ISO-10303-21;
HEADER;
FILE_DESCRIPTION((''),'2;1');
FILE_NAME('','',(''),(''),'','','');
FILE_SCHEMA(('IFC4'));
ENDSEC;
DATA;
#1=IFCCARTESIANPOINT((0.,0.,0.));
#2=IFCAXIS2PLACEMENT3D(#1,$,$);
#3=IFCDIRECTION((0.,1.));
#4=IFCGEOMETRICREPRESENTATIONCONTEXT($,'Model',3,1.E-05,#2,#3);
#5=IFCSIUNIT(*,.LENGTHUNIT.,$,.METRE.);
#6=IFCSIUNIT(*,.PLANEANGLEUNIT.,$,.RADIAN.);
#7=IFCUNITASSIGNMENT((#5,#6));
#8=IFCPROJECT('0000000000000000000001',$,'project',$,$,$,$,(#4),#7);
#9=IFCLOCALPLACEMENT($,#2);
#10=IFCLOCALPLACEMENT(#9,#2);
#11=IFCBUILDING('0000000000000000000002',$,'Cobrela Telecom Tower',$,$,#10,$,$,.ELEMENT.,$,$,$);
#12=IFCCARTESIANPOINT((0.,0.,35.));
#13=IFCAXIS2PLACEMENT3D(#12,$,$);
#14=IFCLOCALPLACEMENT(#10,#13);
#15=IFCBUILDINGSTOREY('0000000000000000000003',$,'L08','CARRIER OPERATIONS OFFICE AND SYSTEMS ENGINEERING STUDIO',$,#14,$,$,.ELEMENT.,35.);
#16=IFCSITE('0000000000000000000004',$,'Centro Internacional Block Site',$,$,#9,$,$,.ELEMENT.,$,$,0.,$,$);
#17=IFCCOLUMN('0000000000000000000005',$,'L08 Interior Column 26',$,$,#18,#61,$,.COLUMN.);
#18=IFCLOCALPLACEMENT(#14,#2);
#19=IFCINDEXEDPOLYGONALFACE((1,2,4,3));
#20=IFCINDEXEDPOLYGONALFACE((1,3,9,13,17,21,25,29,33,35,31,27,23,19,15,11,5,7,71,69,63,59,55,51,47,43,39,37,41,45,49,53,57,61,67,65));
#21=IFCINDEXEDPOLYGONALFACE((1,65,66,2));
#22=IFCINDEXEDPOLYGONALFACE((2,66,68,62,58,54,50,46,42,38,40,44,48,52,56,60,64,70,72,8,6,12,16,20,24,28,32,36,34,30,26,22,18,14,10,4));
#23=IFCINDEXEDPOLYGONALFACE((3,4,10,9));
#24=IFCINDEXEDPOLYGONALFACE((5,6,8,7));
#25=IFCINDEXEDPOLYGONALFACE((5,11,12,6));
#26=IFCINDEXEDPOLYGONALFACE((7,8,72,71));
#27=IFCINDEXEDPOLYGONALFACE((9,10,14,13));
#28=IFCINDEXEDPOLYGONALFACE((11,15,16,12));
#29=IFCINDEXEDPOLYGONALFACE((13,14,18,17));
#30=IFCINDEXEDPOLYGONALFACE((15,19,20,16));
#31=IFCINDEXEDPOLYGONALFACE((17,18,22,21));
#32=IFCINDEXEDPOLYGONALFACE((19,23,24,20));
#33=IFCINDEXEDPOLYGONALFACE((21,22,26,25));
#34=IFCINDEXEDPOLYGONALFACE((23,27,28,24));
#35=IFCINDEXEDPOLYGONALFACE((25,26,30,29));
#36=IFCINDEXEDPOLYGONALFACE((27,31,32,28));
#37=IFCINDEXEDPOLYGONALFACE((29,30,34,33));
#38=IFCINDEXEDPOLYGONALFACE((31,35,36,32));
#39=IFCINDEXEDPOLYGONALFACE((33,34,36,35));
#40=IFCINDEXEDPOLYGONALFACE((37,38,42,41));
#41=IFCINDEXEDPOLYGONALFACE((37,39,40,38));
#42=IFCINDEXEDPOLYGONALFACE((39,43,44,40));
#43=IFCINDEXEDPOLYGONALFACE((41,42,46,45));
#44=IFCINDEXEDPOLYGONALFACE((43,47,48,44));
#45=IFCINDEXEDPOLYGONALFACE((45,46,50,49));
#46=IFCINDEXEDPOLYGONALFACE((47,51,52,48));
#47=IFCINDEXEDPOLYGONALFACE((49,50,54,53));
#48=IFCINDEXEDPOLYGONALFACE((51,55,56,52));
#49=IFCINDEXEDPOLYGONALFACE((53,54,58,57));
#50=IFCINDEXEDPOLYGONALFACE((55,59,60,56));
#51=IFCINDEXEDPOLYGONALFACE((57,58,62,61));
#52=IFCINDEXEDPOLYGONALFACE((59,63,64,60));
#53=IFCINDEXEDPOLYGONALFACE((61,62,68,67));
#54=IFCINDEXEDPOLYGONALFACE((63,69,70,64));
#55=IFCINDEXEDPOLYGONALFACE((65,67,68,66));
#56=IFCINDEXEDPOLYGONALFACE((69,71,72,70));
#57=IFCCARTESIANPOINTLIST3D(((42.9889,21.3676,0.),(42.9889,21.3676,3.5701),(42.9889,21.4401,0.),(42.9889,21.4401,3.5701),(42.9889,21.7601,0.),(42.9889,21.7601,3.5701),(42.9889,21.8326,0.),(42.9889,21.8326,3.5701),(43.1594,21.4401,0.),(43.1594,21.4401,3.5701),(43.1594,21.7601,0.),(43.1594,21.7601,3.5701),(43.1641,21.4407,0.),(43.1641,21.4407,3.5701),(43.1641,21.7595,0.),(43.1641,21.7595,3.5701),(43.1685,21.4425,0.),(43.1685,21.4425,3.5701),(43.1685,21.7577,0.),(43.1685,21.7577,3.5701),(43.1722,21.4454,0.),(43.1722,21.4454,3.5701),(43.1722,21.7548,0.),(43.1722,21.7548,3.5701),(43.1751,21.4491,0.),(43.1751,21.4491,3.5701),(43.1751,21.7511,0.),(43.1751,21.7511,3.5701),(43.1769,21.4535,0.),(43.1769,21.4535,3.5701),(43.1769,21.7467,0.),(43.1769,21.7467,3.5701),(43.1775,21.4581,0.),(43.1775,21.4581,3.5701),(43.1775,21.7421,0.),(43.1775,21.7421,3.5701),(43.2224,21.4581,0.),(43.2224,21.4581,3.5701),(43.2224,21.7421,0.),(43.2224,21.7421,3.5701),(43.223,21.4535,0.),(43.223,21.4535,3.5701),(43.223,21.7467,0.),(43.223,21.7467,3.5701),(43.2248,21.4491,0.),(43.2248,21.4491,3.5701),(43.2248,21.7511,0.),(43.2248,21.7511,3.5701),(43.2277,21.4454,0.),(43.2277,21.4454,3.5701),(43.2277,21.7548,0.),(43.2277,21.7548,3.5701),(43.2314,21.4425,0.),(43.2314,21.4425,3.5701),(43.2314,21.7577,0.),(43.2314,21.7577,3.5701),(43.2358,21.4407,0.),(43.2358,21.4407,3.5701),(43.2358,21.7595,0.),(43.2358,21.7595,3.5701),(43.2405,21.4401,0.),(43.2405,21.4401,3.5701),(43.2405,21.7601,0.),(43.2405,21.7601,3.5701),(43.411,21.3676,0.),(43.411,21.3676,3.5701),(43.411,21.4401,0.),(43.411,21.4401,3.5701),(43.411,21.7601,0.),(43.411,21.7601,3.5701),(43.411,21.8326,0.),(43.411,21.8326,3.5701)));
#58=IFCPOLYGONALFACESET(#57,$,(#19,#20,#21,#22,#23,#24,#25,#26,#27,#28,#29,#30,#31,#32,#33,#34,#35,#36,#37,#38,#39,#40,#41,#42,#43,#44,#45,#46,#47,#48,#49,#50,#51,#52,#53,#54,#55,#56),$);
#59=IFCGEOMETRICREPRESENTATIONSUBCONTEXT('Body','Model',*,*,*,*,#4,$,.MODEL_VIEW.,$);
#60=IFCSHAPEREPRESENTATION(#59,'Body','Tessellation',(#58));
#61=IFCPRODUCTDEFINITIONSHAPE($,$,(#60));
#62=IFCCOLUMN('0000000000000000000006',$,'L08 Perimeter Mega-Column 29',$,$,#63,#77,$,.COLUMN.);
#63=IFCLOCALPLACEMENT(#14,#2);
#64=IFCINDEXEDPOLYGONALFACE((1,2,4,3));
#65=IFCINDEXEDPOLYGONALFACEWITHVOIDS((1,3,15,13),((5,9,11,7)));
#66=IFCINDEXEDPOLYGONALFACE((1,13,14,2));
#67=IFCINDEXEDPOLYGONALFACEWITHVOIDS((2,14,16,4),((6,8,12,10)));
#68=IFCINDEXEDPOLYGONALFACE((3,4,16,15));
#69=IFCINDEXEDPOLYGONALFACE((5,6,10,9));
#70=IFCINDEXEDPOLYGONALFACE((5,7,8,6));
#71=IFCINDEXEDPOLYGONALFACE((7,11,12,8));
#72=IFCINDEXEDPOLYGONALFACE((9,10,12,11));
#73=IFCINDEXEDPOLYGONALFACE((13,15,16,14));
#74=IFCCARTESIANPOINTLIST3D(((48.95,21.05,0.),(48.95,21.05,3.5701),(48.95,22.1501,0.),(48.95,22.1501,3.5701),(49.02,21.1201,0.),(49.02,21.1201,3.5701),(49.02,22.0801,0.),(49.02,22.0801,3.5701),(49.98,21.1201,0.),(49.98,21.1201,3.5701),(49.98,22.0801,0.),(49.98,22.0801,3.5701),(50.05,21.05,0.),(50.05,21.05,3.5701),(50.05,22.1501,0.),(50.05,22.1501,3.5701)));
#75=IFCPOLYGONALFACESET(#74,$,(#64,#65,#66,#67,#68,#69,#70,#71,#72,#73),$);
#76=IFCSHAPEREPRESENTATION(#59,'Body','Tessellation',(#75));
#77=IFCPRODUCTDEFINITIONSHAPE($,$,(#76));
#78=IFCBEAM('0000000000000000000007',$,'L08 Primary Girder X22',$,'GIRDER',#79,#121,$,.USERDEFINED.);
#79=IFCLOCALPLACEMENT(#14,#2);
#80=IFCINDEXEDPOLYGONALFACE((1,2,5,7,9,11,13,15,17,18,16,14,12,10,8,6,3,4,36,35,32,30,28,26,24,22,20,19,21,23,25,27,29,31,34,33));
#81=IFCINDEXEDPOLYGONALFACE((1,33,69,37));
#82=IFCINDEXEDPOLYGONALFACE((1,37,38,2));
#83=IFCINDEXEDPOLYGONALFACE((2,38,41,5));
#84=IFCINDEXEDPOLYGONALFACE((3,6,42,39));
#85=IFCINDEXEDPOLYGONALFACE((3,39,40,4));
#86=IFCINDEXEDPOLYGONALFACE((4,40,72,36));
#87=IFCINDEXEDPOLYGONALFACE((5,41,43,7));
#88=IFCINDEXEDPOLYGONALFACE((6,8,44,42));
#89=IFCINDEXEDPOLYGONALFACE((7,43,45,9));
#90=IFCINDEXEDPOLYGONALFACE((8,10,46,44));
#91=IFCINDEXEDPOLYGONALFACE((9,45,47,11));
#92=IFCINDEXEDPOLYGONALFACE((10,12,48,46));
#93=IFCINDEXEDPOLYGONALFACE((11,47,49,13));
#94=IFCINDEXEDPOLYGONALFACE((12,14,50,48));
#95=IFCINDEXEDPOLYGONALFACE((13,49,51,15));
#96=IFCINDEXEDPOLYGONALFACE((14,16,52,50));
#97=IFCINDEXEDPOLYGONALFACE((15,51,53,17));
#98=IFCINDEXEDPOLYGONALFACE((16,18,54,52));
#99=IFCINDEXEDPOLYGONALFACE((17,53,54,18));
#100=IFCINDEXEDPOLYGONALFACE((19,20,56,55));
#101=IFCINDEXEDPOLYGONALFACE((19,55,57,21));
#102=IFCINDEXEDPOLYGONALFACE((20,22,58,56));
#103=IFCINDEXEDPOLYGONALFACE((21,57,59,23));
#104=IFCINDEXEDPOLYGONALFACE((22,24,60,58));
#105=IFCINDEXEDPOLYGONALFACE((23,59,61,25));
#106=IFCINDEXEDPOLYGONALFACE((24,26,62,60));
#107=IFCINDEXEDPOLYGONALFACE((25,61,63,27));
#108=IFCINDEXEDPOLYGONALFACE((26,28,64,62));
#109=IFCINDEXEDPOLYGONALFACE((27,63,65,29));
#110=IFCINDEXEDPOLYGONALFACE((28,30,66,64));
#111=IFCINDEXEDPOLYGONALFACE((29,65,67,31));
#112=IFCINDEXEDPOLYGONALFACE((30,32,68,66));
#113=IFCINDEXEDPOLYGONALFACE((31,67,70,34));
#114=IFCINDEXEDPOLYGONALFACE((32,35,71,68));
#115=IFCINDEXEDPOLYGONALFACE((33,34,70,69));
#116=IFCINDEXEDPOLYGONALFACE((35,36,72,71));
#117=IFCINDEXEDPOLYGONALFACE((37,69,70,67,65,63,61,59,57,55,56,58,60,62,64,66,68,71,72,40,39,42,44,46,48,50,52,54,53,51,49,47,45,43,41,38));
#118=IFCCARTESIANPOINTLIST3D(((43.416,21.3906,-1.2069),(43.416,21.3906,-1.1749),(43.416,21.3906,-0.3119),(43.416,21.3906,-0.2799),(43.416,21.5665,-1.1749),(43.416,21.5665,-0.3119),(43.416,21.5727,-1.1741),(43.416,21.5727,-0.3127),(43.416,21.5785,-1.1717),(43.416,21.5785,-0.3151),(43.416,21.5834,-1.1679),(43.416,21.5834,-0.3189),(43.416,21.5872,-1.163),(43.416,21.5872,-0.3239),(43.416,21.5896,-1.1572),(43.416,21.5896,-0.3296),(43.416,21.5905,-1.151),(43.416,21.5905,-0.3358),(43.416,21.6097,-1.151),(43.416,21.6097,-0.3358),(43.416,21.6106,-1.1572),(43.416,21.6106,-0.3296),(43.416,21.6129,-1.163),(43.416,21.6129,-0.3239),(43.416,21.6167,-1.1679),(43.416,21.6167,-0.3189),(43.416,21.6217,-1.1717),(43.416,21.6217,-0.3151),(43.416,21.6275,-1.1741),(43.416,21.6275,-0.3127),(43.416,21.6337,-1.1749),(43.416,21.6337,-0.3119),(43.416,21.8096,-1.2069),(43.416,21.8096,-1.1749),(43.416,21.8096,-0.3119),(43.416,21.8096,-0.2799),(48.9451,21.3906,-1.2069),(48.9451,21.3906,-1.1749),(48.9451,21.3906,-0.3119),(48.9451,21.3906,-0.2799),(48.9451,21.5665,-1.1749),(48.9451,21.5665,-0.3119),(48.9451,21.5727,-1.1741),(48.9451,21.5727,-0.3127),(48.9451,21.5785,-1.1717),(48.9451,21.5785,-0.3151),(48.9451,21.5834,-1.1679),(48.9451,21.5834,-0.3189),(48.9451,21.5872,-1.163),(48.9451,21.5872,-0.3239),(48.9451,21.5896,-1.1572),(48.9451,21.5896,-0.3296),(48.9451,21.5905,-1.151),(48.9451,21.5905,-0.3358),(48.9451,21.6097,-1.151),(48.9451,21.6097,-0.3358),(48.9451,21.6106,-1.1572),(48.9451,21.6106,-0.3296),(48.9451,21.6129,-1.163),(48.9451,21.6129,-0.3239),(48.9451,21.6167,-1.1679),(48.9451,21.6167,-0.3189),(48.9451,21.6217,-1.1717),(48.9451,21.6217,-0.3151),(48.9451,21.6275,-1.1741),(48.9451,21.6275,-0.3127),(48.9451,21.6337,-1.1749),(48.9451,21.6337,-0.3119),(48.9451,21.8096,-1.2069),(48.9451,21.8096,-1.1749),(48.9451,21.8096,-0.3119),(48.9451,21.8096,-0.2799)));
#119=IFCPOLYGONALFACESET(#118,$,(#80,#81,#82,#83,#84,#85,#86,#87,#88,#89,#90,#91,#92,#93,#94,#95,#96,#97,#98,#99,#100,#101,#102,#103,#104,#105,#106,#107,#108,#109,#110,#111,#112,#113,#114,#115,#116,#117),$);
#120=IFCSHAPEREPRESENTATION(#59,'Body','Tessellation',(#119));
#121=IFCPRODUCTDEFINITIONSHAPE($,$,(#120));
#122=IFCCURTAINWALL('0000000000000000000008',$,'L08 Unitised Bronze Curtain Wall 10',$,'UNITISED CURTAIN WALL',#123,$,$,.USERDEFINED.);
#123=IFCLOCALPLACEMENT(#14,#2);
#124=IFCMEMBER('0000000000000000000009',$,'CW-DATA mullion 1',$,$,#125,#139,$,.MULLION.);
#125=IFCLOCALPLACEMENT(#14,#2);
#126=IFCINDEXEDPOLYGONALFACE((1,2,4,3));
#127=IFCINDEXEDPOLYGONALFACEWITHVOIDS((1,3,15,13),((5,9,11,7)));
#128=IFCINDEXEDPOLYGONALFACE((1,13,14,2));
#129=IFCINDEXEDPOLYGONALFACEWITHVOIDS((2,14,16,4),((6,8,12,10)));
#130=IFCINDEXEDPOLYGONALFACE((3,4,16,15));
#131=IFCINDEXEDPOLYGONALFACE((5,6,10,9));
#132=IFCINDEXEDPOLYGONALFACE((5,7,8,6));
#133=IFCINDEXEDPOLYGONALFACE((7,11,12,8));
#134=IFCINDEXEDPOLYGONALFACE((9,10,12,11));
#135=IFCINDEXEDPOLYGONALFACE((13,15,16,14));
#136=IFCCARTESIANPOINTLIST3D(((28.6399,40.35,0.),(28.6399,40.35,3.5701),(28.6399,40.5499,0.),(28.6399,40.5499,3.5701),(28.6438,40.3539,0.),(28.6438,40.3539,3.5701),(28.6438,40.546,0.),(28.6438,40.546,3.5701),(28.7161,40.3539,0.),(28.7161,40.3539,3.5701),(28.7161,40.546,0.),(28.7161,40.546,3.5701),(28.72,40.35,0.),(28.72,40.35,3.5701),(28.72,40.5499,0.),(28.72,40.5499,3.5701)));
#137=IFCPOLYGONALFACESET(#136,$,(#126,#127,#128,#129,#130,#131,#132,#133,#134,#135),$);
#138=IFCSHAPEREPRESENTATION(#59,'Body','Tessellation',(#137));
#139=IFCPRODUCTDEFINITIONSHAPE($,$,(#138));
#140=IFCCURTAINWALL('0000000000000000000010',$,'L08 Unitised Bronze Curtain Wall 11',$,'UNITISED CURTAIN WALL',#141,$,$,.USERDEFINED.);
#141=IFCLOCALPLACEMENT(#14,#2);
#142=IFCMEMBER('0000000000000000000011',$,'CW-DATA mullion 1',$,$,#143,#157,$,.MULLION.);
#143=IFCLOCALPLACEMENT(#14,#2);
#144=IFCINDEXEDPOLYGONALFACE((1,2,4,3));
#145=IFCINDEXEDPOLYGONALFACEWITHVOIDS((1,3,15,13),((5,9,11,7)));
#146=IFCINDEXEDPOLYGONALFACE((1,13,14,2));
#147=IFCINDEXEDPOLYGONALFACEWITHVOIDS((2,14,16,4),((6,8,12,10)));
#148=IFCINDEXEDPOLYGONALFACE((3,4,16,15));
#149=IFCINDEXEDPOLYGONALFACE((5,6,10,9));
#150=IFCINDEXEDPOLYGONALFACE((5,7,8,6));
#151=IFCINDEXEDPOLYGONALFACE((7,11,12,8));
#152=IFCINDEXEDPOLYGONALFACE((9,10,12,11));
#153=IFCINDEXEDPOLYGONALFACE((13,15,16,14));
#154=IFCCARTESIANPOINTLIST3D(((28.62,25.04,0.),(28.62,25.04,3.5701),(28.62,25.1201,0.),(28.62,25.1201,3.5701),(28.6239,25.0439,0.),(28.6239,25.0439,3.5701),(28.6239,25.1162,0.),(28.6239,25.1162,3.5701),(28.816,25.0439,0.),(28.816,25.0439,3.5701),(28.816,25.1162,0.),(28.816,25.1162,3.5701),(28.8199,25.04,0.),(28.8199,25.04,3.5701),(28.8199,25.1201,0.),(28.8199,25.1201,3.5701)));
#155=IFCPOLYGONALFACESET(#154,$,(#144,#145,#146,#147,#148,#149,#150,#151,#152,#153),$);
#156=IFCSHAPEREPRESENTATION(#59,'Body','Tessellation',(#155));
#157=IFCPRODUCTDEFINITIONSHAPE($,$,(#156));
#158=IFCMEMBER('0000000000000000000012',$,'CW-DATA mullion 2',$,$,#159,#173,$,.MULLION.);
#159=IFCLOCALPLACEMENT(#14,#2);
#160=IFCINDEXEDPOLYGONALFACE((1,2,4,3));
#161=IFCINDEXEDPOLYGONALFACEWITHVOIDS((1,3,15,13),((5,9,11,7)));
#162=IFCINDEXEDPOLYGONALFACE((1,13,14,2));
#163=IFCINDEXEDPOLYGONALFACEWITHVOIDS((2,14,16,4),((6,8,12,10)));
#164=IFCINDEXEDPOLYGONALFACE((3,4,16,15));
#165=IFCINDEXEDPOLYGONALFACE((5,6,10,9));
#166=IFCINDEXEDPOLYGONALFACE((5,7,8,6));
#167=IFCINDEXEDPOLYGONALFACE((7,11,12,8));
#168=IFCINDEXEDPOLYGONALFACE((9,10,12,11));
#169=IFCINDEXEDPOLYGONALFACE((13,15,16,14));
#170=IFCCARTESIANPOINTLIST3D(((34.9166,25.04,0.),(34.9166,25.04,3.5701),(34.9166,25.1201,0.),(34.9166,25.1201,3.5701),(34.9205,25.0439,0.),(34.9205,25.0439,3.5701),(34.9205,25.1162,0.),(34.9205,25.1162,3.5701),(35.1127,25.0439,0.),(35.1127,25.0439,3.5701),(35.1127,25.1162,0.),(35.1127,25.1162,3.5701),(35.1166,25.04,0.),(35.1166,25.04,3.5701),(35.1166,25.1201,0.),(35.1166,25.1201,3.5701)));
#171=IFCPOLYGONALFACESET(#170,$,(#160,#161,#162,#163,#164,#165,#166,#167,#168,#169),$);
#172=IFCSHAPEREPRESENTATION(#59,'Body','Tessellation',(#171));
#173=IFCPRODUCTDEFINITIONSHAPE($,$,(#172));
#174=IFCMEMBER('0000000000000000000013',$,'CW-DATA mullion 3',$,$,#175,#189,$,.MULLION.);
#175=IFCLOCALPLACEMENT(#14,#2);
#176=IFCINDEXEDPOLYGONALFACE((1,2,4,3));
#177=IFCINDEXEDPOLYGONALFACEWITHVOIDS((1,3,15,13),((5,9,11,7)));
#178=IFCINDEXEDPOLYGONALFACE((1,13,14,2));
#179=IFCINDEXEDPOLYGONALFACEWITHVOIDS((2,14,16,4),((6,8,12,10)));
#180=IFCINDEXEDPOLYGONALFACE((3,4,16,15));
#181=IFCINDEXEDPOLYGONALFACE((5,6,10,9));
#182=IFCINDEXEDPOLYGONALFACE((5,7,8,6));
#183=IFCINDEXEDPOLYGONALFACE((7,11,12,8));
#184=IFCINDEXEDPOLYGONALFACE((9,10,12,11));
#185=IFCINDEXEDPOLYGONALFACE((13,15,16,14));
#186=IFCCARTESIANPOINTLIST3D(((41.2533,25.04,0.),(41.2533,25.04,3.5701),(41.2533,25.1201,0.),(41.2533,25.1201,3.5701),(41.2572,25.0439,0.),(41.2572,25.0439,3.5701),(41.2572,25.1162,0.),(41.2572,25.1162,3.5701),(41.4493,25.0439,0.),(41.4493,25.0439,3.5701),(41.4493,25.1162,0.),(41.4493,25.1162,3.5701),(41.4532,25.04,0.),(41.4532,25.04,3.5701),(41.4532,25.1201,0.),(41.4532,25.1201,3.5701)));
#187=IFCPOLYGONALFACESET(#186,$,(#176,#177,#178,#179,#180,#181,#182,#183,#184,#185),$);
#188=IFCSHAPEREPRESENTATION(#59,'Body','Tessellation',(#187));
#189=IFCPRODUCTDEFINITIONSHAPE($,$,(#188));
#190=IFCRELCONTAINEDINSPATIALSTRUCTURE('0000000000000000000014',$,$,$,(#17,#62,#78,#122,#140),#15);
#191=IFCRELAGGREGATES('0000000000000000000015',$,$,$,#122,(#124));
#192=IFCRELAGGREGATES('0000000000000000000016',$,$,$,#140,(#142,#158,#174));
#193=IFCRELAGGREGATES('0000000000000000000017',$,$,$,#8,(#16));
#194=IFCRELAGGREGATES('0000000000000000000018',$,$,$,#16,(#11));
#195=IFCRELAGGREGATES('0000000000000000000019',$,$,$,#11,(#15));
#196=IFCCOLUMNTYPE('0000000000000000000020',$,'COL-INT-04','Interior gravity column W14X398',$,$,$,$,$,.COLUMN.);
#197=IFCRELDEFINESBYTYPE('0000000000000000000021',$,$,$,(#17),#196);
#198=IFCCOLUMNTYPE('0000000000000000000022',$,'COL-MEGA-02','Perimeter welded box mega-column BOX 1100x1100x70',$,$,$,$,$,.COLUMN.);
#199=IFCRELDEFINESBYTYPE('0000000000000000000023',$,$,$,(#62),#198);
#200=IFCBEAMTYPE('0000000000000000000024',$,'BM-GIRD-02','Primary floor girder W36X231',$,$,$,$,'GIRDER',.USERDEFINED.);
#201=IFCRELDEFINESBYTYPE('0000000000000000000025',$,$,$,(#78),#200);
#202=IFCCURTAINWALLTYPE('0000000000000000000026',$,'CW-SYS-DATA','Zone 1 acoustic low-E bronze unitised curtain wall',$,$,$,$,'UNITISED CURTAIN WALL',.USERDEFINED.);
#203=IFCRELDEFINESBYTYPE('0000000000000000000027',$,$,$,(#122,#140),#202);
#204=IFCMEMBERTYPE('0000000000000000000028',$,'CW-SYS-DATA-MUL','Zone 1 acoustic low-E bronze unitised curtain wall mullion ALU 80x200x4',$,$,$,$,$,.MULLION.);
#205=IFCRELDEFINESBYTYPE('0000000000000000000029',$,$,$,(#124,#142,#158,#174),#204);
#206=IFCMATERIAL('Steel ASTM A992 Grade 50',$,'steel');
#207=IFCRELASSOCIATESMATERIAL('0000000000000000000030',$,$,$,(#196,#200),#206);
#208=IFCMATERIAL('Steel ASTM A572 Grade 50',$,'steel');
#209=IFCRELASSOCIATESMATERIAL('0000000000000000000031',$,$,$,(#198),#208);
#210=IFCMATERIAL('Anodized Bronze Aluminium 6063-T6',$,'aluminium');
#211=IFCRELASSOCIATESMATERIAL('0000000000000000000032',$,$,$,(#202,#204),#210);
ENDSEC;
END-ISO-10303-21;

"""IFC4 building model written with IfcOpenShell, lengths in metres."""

from ifc_helpers import new_model, si_unit, direction, frame, origin, origin_2d, place, context, subcontext, project, spatial, hollow_rectangle, i_section, extrude, material, material_profile, profile_set, type_object, element, aggregate, save


model = new_model("IFC4")

# Units and contexts
model_context = context("Model", 3, precision=1e-05, world=origin(), true_north=direction((0.0, 1.0)))
body_context = subcontext(model_context, "Body", "Model", "MODEL_VIEW")
ifc_project = project(units=[si_unit("LENGTHUNIT", "METRE"), si_unit("PLANEANGLEUNIT", "RADIAN")], contexts=[model_context])

# Site, building, storey
site_placement = place(None, origin())
site = spatial("IfcSite", under=ifc_project, at=site_placement, Name="Centro Internacional Block Site", CompositionType="ELEMENT", RefElevation=0.0)
building_placement = place(site_placement, origin())
building = spatial("IfcBuilding", under=site, at=building_placement, Name="Cobrela Telecom Tower", CompositionType="ELEMENT")
storey_placement = place(building_placement, frame((0.0, 0.0, 35.0)))
storey = spatial("IfcBuildingStorey", under=building, at=storey_placement, Name="L08", Description="CARRIER OPERATIONS OFFICE AND SYSTEMS ENGINEERING STUDIO", CompositionType="ELEMENT", Elevation=35.0)

# Columns
ifc_material_1 = material(Name="Steel ASTM A992 Grade 50", Category="steel")
ifc_material_profile_1 = material_profile(ifc_material_1, i_section(OverallWidth=0.4221, OverallDepth=0.4651, WebThickness=0.0449, FlangeThickness=0.0725, FilletRadius=0.0181, at=origin_2d()), Name="W14X398")
ifc_profile_set_1 = profile_set([ifc_material_profile_1], Name="Steel ASTM A992 Grade 50")
column_type_1 = type_object("IfcColumnType", Name="COL-INT-04", Description="Interior gravity column W14X398", PredefinedType="COLUMN", material=ifc_profile_set_1)
column_1_placement = place(storey_placement, frame((43.2, 21.6001, 0.0), z_axis=(0.0, 0.0, 1.0), x_axis=(1.0, 0.0, 0.0)))
element("IfcColumn", 1, at=column_1_placement, inside=storey, type_object=column_type_1, Name="L08 Interior Column 26", PredefinedType="COLUMN", context=body_context, shape_type="SweptSolid", body=[
    extrude(i_section(OverallWidth=0.4221, OverallDepth=0.4651, WebThickness=0.0449, FlangeThickness=0.0725, FilletRadius=0.0181, at=origin_2d()), origin(), (0.0, 0.0, 1.0), 3.5701),
])
ifc_material_2 = material(Name="Steel ASTM A572 Grade 50", Category="steel")
ifc_material_profile_2 = material_profile(ifc_material_2, hollow_rectangle(XDim=1.1001, YDim=1.1001, WallThickness=0.0701, at=origin_2d()), Name="BOX 1100x1100x70")
ifc_profile_set_2 = profile_set([ifc_material_profile_2], Name="Steel ASTM A572 Grade 50")
column_type_2 = type_object("IfcColumnType", Name="COL-MEGA-02", Description="Perimeter welded box mega-column BOX 1100x1100x70", PredefinedType="COLUMN", material=ifc_profile_set_2)
column_2_placement = place(storey_placement, frame((49.5, 21.6001, 0.0), z_axis=(0.0, 0.0, 1.0), x_axis=(1.0, 0.0, 0.0)))
element("IfcColumn", 2, at=column_2_placement, inside=storey, type_object=column_type_2, Name="L08 Perimeter Mega-Column 29", PredefinedType="COLUMN", context=body_context, shape_type="SweptSolid", body=[
    extrude(hollow_rectangle(XDim=1.1001, YDim=1.1001, WallThickness=0.0701, at=origin_2d()), origin(), (0.0, 0.0, 1.0), 3.5701),
])

# Beam
ifc_material_profile_3 = material_profile(ifc_material_1, i_section(OverallWidth=0.4189, OverallDepth=0.927, WebThickness=0.0193, FlangeThickness=0.032, FilletRadius=0.0239, at=origin_2d()), Name="W36X231")
ifc_profile_set_3 = profile_set([ifc_material_profile_3], Name="Steel ASTM A992 Grade 50")
beam_type = type_object("IfcBeamType", Name="BM-GIRD-02", Description="Primary floor girder W36X231", ElementType="GIRDER", PredefinedType="USERDEFINED", material=ifc_profile_set_3)
beam_placement = place(storey_placement, frame((43.416, 21.6001, -0.7434), z_axis=(1.0, 0.0, 0.0), x_axis=(0.0, 1.0, 0.0)))
element("IfcBeam", 3, at=beam_placement, inside=storey, type_object=beam_type, Name="L08 Primary Girder X22", ObjectType="GIRDER", PredefinedType="USERDEFINED", context=body_context, shape_type="SweptSolid", body=[
    extrude(i_section(OverallWidth=0.4189, OverallDepth=0.927, WebThickness=0.0193, FlangeThickness=0.032, FilletRadius=0.0239, at=origin_2d()), origin(), (0.0, 0.0, 1.0), 5.5291),
])

# Curtain wall, member
ifc_material_3 = material(Name="Anodized Bronze Aluminium 6063-T6", Category="aluminium")
curtain_wall_type = type_object("IfcCurtainWallType", Name="CW-SYS-DATA", Description="Zone 1 acoustic low-E bronze unitised curtain wall", ElementType="UNITISED CURTAIN WALL", PredefinedType="USERDEFINED", material=ifc_material_3)
curtain_wall_1_placement = place(storey_placement, origin())
curtain_wall_1 = element("IfcCurtainWall", 4, at=curtain_wall_1_placement, inside=storey, type_object=curtain_wall_type, Name="L08 Unitised Bronze Curtain Wall 10", ObjectType="UNITISED CURTAIN WALL", PredefinedType="USERDEFINED")
ifc_material_profile_4 = material_profile(ifc_material_3, hollow_rectangle(XDim=0.0801, YDim=0.2, WallThickness=0.0039, at=origin_2d()), Name="ALU 80x200x4")
ifc_profile_set_4 = profile_set([ifc_material_profile_4], Name="Anodized Bronze Aluminium 6063-T6")
member_type_1 = type_object("IfcMemberType", Name="CW-SYS-DATA-MUL", Description="Zone 1 acoustic low-E bronze unitised curtain wall mullion ALU 80x200x4", PredefinedType="MULLION", material=ifc_profile_set_4)
member_1_placement = place(storey_placement, frame((28.6799, 40.45, 0.0), z_axis=(0.0, 0.0, 1.0), x_axis=(1.0, 0.0, 0.0)))
member_1 = element("IfcMember", 5, at=member_1_placement, type_object=member_type_1, Name="CW-DATA mullion 1", PredefinedType="MULLION", context=body_context, shape_type="SweptSolid", body=[
    extrude(hollow_rectangle(XDim=0.0801, YDim=0.2, WallThickness=0.0039, at=origin_2d()), origin(), (0.0, 0.0, 1.0), 3.5701),
])
aggregate(curtain_wall_1, [member_1])

# Curtain wall, members
curtain_wall_2_placement = place(storey_placement, origin())
curtain_wall_2 = element("IfcCurtainWall", 6, at=curtain_wall_2_placement, inside=storey, type_object=curtain_wall_type, Name="L08 Unitised Bronze Curtain Wall 11", ObjectType="UNITISED CURTAIN WALL", PredefinedType="USERDEFINED")
member_2_placement = place(storey_placement, frame((28.72, 25.0801, 0.0), z_axis=(0.0, 0.0, 1.0), x_axis=(0.0, 1.0, 0.0)))
member_2 = element("IfcMember", 7, at=member_2_placement, type_object=member_type_1, Name="CW-DATA mullion 1", PredefinedType="MULLION", context=body_context, shape_type="SweptSolid", body=[
    extrude(hollow_rectangle(XDim=0.0801, YDim=0.2, WallThickness=0.0039, at=origin_2d()), origin(), (0.0, 0.0, 1.0), 3.5701),
])
member_3_placement = place(storey_placement, frame((35.0166, 25.0801, 0.0), z_axis=(0.0, 0.0, 1.0), x_axis=(0.0, 1.0, 0.0)))
member_3 = element("IfcMember", 8, at=member_3_placement, type_object=member_type_1, Name="CW-DATA mullion 2", PredefinedType="MULLION", context=body_context, shape_type="SweptSolid", body=[
    extrude(hollow_rectangle(XDim=0.0801, YDim=0.2, WallThickness=0.0039, at=origin_2d()), origin(), (0.0, 0.0, 1.0), 3.5701),
])
member_4_placement = place(storey_placement, frame((41.3533, 25.0801, 0.0), z_axis=(0.0, 0.0, 1.0), x_axis=(0.0, 1.0, 0.0)))
member_4 = element("IfcMember", 9, at=member_4_placement, type_object=member_type_1, Name="CW-DATA mullion 3", PredefinedType="MULLION", context=body_context, shape_type="SweptSolid", body=[
    extrude(hollow_rectangle(XDim=0.0801, YDim=0.2, WallThickness=0.0039, at=origin_2d()), origin(), (0.0, 0.0, 1.0), 3.5701),
])

aggregate(curtain_wall_2, [member_2, member_3, member_4])

save(model, "model.ifc")
